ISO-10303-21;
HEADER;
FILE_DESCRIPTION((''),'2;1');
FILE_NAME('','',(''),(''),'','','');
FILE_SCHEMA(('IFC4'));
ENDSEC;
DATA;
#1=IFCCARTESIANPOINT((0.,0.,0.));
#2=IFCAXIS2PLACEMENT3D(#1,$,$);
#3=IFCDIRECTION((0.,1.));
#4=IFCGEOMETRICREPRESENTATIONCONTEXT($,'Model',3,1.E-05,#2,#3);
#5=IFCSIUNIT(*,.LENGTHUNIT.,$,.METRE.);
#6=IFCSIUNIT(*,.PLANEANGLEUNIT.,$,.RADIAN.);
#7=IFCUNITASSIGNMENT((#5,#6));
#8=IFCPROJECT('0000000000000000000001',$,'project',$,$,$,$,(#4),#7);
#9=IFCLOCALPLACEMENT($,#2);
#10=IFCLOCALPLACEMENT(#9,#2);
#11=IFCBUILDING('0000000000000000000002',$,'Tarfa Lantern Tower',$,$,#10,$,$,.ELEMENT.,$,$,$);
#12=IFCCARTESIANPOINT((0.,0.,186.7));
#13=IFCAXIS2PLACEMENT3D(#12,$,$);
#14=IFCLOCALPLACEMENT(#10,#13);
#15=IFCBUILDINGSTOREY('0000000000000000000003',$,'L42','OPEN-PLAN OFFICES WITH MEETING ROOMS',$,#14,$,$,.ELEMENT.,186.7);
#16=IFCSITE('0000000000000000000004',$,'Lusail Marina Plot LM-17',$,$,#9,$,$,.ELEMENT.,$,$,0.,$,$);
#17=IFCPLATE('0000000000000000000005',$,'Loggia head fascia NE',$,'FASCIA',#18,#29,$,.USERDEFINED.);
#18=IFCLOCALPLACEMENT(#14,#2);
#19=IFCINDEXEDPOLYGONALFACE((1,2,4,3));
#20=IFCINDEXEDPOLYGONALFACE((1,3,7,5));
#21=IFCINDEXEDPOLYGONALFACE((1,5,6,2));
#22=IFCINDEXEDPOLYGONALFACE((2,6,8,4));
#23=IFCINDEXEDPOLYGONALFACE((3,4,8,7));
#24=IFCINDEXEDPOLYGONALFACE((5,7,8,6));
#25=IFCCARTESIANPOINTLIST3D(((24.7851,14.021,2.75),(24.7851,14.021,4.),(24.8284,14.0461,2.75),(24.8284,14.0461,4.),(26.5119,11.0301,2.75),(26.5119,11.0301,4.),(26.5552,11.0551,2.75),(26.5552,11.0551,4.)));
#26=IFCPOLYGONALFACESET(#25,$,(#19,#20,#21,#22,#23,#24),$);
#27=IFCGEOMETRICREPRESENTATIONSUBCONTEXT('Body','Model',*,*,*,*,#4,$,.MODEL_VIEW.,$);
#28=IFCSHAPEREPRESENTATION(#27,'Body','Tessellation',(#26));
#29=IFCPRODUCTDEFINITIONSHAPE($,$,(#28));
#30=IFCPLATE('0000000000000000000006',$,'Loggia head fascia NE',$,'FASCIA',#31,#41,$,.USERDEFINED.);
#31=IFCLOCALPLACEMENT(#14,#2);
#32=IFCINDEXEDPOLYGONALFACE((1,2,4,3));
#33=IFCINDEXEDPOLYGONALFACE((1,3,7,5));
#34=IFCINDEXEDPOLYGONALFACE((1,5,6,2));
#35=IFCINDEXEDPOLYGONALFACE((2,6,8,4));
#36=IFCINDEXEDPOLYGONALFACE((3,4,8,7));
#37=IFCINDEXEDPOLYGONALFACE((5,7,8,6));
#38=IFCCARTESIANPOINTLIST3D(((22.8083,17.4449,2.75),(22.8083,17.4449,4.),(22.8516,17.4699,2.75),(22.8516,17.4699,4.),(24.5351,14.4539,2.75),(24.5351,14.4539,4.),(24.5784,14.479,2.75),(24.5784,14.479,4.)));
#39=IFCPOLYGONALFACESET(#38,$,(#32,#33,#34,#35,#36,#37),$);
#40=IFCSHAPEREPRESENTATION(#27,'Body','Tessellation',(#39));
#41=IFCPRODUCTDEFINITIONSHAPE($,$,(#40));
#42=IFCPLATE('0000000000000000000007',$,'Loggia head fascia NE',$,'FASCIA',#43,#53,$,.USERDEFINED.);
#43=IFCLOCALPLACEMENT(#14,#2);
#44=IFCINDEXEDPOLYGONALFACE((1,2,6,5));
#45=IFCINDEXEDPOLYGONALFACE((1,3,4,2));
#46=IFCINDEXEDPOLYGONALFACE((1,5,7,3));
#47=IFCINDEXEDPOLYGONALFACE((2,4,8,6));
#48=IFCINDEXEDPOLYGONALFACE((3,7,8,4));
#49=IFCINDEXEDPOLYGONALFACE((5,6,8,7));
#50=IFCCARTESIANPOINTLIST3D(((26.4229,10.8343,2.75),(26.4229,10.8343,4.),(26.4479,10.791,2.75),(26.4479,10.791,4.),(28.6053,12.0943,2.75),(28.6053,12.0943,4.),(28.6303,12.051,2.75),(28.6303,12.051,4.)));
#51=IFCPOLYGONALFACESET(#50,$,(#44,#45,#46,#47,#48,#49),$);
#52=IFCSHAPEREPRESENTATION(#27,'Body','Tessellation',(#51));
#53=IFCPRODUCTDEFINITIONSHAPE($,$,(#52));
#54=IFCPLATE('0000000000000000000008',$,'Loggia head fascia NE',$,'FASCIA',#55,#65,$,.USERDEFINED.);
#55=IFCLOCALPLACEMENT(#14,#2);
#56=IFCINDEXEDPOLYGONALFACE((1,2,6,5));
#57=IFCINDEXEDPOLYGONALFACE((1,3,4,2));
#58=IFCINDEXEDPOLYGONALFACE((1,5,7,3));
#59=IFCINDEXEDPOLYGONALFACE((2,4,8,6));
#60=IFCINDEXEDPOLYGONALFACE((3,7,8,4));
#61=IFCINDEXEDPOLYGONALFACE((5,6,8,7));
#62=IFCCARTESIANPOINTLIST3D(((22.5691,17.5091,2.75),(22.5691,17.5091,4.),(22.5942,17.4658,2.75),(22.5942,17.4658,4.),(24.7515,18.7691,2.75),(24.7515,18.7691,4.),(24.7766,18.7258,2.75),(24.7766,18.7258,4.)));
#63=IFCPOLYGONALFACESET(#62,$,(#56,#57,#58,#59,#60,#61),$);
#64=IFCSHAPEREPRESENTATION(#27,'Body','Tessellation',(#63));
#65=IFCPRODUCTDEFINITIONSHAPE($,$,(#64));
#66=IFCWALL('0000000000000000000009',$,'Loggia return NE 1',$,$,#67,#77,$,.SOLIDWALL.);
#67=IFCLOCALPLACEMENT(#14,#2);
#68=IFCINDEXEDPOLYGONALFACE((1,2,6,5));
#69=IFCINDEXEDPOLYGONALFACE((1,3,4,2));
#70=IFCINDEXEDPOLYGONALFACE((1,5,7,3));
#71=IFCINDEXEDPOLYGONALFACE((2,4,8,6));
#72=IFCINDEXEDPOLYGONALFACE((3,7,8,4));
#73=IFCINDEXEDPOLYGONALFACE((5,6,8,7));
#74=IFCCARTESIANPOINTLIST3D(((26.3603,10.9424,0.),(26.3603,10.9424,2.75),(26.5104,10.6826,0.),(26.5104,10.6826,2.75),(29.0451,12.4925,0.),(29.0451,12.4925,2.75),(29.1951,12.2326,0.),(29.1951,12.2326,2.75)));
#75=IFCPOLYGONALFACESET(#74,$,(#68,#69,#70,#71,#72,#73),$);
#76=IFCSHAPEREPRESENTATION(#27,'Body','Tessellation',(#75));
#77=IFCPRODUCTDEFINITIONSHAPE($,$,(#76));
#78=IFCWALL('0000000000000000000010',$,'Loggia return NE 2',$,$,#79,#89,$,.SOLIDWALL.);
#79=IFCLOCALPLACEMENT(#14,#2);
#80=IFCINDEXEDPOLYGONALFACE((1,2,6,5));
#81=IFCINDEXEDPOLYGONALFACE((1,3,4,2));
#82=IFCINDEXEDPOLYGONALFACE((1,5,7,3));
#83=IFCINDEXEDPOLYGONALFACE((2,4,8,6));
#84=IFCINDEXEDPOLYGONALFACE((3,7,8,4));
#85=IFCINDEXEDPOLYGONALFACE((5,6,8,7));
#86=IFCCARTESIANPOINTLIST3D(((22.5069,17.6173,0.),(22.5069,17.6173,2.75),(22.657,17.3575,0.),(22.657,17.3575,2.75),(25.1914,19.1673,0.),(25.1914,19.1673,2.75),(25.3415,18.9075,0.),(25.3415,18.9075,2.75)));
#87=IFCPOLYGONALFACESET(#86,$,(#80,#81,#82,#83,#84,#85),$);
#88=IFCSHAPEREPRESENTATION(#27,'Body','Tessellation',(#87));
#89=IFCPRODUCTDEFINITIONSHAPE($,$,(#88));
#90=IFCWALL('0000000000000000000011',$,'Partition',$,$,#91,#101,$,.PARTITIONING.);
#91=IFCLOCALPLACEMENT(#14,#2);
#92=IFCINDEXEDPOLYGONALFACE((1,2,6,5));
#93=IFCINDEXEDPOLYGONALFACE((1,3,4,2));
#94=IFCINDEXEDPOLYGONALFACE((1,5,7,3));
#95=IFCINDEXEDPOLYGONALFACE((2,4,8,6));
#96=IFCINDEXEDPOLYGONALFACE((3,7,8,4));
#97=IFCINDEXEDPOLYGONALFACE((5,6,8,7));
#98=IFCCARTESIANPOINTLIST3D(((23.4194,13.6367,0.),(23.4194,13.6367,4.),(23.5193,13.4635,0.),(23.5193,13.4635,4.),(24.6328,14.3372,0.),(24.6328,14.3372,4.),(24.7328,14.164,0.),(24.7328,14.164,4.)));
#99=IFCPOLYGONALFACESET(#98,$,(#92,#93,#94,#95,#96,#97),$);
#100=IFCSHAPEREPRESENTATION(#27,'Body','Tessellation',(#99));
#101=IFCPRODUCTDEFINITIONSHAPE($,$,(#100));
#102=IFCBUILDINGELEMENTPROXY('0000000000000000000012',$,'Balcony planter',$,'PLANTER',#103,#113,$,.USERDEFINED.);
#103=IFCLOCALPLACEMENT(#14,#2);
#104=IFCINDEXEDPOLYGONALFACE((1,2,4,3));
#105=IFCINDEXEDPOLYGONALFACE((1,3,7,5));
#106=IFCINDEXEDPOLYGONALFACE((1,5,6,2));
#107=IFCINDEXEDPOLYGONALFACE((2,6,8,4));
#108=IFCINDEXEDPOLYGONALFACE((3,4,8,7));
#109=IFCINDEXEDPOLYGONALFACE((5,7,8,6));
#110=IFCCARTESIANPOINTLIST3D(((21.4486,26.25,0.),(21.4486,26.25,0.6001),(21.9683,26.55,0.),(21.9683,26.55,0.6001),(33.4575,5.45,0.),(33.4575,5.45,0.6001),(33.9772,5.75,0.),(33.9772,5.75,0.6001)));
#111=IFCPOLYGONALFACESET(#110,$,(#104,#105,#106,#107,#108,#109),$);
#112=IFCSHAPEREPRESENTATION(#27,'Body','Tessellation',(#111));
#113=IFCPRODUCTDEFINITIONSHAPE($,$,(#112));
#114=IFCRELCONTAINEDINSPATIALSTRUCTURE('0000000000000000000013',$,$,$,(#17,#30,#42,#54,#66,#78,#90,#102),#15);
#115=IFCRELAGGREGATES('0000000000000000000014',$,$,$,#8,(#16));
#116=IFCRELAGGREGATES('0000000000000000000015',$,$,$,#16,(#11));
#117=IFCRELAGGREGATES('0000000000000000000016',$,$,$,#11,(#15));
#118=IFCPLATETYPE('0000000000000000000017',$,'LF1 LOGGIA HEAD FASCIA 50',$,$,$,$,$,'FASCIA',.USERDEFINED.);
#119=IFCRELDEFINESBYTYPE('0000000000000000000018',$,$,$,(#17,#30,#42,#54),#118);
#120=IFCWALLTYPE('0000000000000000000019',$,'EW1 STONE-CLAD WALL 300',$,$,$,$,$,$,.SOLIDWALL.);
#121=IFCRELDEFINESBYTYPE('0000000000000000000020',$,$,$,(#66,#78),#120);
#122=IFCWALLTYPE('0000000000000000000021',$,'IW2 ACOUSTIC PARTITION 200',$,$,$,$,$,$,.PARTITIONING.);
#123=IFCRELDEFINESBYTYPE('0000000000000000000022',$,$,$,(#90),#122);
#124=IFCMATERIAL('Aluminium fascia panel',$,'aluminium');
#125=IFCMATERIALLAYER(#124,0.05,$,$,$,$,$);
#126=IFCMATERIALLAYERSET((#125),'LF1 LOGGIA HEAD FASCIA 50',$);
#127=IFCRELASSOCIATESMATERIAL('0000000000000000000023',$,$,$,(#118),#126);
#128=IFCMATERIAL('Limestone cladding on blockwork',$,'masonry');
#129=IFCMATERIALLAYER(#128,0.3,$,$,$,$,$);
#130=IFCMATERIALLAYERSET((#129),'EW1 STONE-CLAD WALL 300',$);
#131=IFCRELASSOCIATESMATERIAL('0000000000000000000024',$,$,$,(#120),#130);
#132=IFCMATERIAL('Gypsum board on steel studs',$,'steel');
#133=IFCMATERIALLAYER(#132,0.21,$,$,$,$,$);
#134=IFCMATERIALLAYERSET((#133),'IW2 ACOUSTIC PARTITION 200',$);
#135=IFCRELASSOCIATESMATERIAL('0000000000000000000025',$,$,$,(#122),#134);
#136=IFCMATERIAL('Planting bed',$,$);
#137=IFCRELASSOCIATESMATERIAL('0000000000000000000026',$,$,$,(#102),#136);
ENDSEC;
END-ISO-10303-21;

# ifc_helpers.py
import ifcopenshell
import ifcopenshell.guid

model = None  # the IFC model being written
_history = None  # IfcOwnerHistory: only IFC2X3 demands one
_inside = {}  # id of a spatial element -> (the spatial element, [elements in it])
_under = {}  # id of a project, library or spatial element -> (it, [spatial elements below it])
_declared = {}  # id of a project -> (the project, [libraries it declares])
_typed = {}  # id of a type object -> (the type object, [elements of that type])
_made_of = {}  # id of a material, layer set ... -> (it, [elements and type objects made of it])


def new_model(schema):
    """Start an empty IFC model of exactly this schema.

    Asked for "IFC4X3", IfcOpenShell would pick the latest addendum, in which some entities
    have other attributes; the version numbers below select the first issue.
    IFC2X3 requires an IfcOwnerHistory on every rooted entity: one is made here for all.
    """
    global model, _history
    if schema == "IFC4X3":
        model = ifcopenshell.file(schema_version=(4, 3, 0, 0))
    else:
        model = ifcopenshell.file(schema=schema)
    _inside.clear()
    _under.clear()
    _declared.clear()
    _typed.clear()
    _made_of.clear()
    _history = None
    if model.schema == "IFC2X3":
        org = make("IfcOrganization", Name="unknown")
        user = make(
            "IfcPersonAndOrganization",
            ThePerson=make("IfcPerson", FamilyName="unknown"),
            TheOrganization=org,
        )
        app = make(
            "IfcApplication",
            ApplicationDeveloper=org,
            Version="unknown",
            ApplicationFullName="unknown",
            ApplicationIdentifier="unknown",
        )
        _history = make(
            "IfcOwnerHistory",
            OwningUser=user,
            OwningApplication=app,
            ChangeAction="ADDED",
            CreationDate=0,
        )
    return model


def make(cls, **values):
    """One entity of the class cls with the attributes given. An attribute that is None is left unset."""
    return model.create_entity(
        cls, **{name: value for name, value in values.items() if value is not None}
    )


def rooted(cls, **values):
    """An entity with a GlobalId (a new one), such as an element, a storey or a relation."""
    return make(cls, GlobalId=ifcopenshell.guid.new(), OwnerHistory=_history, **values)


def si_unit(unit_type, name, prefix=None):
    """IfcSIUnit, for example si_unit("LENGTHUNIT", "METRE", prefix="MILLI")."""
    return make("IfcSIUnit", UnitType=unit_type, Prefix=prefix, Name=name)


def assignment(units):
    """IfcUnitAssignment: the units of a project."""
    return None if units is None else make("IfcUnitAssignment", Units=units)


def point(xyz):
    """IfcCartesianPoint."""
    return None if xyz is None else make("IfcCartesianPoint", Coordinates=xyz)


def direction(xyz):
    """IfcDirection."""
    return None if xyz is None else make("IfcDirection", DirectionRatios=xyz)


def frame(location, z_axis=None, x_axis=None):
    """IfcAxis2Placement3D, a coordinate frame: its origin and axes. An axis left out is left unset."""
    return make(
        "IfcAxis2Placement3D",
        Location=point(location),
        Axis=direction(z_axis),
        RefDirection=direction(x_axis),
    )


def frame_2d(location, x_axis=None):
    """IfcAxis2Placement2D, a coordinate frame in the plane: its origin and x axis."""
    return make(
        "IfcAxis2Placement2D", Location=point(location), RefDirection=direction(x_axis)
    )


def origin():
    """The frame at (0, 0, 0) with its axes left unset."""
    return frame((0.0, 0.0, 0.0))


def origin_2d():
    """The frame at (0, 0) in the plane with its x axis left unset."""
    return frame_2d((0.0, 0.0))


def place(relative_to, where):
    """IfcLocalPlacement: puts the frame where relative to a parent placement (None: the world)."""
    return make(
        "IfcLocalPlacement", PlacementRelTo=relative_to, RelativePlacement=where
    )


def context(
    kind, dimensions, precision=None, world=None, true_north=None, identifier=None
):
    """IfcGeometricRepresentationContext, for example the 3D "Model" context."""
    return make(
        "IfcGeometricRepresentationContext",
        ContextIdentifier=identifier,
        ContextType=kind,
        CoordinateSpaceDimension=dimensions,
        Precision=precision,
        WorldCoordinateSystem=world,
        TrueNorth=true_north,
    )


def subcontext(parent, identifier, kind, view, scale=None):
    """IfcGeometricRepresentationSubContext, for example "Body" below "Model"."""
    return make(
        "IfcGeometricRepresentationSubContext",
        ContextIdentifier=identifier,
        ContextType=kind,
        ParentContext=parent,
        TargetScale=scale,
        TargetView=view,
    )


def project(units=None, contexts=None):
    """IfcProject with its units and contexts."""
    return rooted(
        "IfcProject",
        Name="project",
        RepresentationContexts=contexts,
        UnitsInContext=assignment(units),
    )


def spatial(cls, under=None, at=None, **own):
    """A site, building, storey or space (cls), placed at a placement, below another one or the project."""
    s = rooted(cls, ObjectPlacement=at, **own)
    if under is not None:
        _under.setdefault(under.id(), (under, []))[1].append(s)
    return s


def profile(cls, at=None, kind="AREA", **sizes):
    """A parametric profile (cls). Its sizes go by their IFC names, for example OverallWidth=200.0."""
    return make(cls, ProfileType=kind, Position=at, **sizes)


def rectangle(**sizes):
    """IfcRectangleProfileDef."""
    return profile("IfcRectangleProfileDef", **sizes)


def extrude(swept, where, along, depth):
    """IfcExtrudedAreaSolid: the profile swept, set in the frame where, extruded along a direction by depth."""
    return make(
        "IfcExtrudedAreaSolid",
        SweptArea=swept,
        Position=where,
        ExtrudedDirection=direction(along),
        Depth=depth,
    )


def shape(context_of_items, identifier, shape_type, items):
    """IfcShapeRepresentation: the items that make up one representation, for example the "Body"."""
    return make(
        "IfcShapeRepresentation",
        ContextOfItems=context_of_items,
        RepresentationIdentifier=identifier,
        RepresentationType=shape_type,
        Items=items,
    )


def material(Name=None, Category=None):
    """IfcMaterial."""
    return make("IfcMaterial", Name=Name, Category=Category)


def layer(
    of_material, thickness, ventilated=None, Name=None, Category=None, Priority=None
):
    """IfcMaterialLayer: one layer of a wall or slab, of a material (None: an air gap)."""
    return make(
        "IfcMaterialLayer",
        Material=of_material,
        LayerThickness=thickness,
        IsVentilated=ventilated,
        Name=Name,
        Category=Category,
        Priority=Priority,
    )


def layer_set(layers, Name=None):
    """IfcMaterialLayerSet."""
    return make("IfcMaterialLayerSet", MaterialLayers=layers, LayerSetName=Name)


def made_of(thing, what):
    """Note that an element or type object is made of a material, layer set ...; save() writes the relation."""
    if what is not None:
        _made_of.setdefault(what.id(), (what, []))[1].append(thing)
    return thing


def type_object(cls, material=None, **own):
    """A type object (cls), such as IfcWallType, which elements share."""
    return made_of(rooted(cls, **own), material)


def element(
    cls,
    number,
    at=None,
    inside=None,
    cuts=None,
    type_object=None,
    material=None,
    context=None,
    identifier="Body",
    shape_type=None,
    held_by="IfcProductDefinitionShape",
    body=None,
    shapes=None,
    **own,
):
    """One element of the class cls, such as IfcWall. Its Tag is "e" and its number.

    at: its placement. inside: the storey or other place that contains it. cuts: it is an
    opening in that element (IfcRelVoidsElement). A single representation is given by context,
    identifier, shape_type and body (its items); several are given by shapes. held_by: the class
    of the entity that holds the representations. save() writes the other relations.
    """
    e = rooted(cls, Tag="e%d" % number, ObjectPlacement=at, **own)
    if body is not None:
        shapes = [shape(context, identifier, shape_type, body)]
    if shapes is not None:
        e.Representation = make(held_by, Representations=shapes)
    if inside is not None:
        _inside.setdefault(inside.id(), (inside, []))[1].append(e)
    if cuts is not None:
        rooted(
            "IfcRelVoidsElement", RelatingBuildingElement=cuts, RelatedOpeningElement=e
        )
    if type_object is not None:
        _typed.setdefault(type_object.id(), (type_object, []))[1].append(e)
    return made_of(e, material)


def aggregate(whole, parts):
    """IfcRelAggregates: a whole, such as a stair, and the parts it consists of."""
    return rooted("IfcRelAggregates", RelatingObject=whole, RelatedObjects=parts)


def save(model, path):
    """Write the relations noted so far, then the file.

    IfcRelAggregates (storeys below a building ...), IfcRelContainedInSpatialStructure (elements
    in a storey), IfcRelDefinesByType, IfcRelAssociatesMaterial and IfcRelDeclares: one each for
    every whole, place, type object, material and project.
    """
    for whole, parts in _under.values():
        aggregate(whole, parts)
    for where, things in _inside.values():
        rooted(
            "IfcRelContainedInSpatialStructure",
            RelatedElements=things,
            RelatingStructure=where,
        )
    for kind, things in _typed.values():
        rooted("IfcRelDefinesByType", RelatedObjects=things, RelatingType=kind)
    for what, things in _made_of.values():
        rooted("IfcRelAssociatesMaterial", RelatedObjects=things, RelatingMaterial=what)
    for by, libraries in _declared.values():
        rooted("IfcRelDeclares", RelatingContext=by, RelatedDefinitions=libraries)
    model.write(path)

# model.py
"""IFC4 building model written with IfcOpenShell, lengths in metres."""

from ifc_helpers import new_model, si_unit, direction, frame, frame_2d, origin, origin_2d, place, context, subcontext, project, spatial, rectangle, extrude, material, layer, layer_set, type_object, element, save


model = new_model("IFC4")

# Units and contexts
model_context = context("Model", 3, precision=1e-05, world=origin(), true_north=direction((0.0, 1.0)))
body_context = subcontext(model_context, "Body", "Model", "MODEL_VIEW")
ifc_project = project(units=[si_unit("LENGTHUNIT", "METRE"), si_unit("PLANEANGLEUNIT", "RADIAN")], contexts=[model_context])

# Site, building, storey
site_placement = place(None, origin())
site = spatial("IfcSite", under=ifc_project, at=site_placement, Name="Lusail Marina Plot LM-17", CompositionType="ELEMENT", RefElevation=0.0)
building_placement = place(site_placement, origin())
building = spatial("IfcBuilding", under=site, at=building_placement, Name="Tarfa Lantern Tower", CompositionType="ELEMENT")
storey_placement = place(building_placement, frame((0.0, 0.0, 186.7)))
storey = spatial("IfcBuildingStorey", under=building, at=storey_placement, Name="L42", Description="OPEN-PLAN OFFICES WITH MEETING ROOMS", CompositionType="ELEMENT", Elevation=186.7)

# Plates
ifc_material_1 = material(Name="Aluminium fascia panel", Category="aluminium")
ifc_layer_1 = layer(ifc_material_1, 0.05)
ifc_layer_set_1 = layer_set([ifc_layer_1], Name="LF1 LOGGIA HEAD FASCIA 50")
plate_type_1 = type_object("IfcPlateType", Name="LF1 LOGGIA HEAD FASCIA 50", ElementType="FASCIA", PredefinedType="USERDEFINED", material=ifc_layer_set_1)
for number, where, z_axis, x_axis, name in (
    (1, (25.6702, 12.5381, 2.75), (0.0, 0.0, 1.0), (-0.5, 0.866025, 0.0), "Loggia head fascia NE"),
    (2, (23.6934, 15.9619, 2.75), (0.0, 0.0, 1.0), (-0.5, 0.866025, 0.0), "Loggia head fascia NE"),
):
    element("IfcPlate", number, at=place(storey_placement, frame(where, z_axis=z_axis, x_axis=x_axis)), inside=storey, type_object=plate_type_1, Name=name, ObjectType="FASCIA", PredefinedType="USERDEFINED", context=body_context, shape_type="SweptSolid", body=[
        extrude(rectangle(XDim=3.4536, YDim=0.05, at=origin_2d()), origin(), (0.0, 0.0, 1.0), 1.25),
    ])
for number, where, z_axis, x_axis, name in (
    (3, (27.5266, 11.4426, 2.75), (0.0, 0.0, 1.0), (-0.866025, -0.5, 0.0), "Loggia head fascia NE"),
    (4, (23.6729, 18.1174, 2.75), (0.0, 0.0, 1.0), (-0.866025, -0.5, 0.0), "Loggia head fascia NE"),
):
    element("IfcPlate", number, at=place(storey_placement, frame(where, z_axis=z_axis, x_axis=x_axis)), inside=storey, type_object=plate_type_1, Name=name, ObjectType="FASCIA", PredefinedType="USERDEFINED", context=body_context, shape_type="SweptSolid", body=[
        extrude(rectangle(XDim=2.52, YDim=0.05, at=origin_2d()), origin(), (0.0, 0.0, 1.0), 1.25),
    ])

# Walls
ifc_material_2 = material(Name="Limestone cladding on blockwork", Category="masonry")
ifc_layer_2 = layer(ifc_material_2, 0.3)
ifc_layer_set_2 = layer_set([ifc_layer_2], Name="EW1 STONE-CLAD WALL 300")
wall_type_1 = type_object("IfcWallType", Name="EW1 STONE-CLAD WALL 300", PredefinedType="SOLIDWALL", material=ifc_layer_set_2)
wall_1_placement = place(storey_placement, frame((29.1201, 12.3625, 0.0), z_axis=(0.0, 0.0, 1.0), x_axis=(-0.86603, -0.499993, 0.0)))
element("IfcWall", 5, at=wall_1_placement, inside=storey, type_object=wall_type_1, Name="Loggia return NE 1", PredefinedType="SOLIDWALL", context=body_context, shape_type="SweptSolid", body=[
    extrude(rectangle(XDim=3.1001, YDim=0.3, at=frame_2d((1.55, 0.0))), origin(), (0.0, 0.0, 1.0), 2.75),
])
wall_2_placement = place(storey_placement, frame((25.2664, 19.0374, 0.0), z_axis=(0.0, 0.0, 1.0), x_axis=(-0.86601, -0.500027, 0.0)))
element("IfcWall", 6, at=wall_2_placement, inside=storey, type_object=wall_type_1, Name="Loggia return NE 2", PredefinedType="SOLIDWALL", context=body_context, shape_type="SweptSolid", body=[
    extrude(rectangle(XDim=3.0999, YDim=0.3, at=frame_2d((1.5498, 0.0))), origin(), (0.0, 0.0, 1.0), 2.75),
])
ifc_material_3 = material(Name="Gypsum board on steel studs", Category="steel")
ifc_layer_3 = layer(ifc_material_3, 0.21)
ifc_layer_set_3 = layer_set([ifc_layer_3], Name="IW2 ACOUSTIC PARTITION 200")
wall_type_2 = type_object("IfcWallType", Name="IW2 ACOUSTIC PARTITION 200", PredefinedType="PARTITIONING", material=ifc_layer_set_3)
wall_3_placement = place(storey_placement, frame((23.4692, 13.55, 0.0), z_axis=(0.0, 0.0, 1.0), x_axis=(0.866058, 0.499944, 0.0)))
element("IfcWall", 7, at=wall_3_placement, inside=storey, type_object=wall_type_2, Name="Partition", PredefinedType="PARTITIONING", context=body_context, shape_type="SweptSolid", body=[
    extrude(rectangle(XDim=1.4011, YDim=0.2, at=frame_2d((0.7007, 0.0))), origin(), (0.0, 0.0, 1.0), 4.0),
])

# Building element proxy
ifc_material_4 = material(Name="Planting bed")
proxy_placement = place(storey_placement, frame((27.7129, 16.0, 0.0), z_axis=(0.0, 0.0, 1.0), x_axis=(-0.5, 0.866025, 0.0)))
element("IfcBuildingElementProxy", 8, at=proxy_placement, inside=storey, material=ifc_material_4, Name="Balcony planter", ObjectType="PLANTER", PredefinedType="USERDEFINED", context=body_context, shape_type="SweptSolid", body=[
    extrude(rectangle(XDim=24.0178, YDim=0.6001, at=origin_2d()), origin(), (0.0, 0.0, 1.0), 0.6001),
])

save(model, "model.ifc")
